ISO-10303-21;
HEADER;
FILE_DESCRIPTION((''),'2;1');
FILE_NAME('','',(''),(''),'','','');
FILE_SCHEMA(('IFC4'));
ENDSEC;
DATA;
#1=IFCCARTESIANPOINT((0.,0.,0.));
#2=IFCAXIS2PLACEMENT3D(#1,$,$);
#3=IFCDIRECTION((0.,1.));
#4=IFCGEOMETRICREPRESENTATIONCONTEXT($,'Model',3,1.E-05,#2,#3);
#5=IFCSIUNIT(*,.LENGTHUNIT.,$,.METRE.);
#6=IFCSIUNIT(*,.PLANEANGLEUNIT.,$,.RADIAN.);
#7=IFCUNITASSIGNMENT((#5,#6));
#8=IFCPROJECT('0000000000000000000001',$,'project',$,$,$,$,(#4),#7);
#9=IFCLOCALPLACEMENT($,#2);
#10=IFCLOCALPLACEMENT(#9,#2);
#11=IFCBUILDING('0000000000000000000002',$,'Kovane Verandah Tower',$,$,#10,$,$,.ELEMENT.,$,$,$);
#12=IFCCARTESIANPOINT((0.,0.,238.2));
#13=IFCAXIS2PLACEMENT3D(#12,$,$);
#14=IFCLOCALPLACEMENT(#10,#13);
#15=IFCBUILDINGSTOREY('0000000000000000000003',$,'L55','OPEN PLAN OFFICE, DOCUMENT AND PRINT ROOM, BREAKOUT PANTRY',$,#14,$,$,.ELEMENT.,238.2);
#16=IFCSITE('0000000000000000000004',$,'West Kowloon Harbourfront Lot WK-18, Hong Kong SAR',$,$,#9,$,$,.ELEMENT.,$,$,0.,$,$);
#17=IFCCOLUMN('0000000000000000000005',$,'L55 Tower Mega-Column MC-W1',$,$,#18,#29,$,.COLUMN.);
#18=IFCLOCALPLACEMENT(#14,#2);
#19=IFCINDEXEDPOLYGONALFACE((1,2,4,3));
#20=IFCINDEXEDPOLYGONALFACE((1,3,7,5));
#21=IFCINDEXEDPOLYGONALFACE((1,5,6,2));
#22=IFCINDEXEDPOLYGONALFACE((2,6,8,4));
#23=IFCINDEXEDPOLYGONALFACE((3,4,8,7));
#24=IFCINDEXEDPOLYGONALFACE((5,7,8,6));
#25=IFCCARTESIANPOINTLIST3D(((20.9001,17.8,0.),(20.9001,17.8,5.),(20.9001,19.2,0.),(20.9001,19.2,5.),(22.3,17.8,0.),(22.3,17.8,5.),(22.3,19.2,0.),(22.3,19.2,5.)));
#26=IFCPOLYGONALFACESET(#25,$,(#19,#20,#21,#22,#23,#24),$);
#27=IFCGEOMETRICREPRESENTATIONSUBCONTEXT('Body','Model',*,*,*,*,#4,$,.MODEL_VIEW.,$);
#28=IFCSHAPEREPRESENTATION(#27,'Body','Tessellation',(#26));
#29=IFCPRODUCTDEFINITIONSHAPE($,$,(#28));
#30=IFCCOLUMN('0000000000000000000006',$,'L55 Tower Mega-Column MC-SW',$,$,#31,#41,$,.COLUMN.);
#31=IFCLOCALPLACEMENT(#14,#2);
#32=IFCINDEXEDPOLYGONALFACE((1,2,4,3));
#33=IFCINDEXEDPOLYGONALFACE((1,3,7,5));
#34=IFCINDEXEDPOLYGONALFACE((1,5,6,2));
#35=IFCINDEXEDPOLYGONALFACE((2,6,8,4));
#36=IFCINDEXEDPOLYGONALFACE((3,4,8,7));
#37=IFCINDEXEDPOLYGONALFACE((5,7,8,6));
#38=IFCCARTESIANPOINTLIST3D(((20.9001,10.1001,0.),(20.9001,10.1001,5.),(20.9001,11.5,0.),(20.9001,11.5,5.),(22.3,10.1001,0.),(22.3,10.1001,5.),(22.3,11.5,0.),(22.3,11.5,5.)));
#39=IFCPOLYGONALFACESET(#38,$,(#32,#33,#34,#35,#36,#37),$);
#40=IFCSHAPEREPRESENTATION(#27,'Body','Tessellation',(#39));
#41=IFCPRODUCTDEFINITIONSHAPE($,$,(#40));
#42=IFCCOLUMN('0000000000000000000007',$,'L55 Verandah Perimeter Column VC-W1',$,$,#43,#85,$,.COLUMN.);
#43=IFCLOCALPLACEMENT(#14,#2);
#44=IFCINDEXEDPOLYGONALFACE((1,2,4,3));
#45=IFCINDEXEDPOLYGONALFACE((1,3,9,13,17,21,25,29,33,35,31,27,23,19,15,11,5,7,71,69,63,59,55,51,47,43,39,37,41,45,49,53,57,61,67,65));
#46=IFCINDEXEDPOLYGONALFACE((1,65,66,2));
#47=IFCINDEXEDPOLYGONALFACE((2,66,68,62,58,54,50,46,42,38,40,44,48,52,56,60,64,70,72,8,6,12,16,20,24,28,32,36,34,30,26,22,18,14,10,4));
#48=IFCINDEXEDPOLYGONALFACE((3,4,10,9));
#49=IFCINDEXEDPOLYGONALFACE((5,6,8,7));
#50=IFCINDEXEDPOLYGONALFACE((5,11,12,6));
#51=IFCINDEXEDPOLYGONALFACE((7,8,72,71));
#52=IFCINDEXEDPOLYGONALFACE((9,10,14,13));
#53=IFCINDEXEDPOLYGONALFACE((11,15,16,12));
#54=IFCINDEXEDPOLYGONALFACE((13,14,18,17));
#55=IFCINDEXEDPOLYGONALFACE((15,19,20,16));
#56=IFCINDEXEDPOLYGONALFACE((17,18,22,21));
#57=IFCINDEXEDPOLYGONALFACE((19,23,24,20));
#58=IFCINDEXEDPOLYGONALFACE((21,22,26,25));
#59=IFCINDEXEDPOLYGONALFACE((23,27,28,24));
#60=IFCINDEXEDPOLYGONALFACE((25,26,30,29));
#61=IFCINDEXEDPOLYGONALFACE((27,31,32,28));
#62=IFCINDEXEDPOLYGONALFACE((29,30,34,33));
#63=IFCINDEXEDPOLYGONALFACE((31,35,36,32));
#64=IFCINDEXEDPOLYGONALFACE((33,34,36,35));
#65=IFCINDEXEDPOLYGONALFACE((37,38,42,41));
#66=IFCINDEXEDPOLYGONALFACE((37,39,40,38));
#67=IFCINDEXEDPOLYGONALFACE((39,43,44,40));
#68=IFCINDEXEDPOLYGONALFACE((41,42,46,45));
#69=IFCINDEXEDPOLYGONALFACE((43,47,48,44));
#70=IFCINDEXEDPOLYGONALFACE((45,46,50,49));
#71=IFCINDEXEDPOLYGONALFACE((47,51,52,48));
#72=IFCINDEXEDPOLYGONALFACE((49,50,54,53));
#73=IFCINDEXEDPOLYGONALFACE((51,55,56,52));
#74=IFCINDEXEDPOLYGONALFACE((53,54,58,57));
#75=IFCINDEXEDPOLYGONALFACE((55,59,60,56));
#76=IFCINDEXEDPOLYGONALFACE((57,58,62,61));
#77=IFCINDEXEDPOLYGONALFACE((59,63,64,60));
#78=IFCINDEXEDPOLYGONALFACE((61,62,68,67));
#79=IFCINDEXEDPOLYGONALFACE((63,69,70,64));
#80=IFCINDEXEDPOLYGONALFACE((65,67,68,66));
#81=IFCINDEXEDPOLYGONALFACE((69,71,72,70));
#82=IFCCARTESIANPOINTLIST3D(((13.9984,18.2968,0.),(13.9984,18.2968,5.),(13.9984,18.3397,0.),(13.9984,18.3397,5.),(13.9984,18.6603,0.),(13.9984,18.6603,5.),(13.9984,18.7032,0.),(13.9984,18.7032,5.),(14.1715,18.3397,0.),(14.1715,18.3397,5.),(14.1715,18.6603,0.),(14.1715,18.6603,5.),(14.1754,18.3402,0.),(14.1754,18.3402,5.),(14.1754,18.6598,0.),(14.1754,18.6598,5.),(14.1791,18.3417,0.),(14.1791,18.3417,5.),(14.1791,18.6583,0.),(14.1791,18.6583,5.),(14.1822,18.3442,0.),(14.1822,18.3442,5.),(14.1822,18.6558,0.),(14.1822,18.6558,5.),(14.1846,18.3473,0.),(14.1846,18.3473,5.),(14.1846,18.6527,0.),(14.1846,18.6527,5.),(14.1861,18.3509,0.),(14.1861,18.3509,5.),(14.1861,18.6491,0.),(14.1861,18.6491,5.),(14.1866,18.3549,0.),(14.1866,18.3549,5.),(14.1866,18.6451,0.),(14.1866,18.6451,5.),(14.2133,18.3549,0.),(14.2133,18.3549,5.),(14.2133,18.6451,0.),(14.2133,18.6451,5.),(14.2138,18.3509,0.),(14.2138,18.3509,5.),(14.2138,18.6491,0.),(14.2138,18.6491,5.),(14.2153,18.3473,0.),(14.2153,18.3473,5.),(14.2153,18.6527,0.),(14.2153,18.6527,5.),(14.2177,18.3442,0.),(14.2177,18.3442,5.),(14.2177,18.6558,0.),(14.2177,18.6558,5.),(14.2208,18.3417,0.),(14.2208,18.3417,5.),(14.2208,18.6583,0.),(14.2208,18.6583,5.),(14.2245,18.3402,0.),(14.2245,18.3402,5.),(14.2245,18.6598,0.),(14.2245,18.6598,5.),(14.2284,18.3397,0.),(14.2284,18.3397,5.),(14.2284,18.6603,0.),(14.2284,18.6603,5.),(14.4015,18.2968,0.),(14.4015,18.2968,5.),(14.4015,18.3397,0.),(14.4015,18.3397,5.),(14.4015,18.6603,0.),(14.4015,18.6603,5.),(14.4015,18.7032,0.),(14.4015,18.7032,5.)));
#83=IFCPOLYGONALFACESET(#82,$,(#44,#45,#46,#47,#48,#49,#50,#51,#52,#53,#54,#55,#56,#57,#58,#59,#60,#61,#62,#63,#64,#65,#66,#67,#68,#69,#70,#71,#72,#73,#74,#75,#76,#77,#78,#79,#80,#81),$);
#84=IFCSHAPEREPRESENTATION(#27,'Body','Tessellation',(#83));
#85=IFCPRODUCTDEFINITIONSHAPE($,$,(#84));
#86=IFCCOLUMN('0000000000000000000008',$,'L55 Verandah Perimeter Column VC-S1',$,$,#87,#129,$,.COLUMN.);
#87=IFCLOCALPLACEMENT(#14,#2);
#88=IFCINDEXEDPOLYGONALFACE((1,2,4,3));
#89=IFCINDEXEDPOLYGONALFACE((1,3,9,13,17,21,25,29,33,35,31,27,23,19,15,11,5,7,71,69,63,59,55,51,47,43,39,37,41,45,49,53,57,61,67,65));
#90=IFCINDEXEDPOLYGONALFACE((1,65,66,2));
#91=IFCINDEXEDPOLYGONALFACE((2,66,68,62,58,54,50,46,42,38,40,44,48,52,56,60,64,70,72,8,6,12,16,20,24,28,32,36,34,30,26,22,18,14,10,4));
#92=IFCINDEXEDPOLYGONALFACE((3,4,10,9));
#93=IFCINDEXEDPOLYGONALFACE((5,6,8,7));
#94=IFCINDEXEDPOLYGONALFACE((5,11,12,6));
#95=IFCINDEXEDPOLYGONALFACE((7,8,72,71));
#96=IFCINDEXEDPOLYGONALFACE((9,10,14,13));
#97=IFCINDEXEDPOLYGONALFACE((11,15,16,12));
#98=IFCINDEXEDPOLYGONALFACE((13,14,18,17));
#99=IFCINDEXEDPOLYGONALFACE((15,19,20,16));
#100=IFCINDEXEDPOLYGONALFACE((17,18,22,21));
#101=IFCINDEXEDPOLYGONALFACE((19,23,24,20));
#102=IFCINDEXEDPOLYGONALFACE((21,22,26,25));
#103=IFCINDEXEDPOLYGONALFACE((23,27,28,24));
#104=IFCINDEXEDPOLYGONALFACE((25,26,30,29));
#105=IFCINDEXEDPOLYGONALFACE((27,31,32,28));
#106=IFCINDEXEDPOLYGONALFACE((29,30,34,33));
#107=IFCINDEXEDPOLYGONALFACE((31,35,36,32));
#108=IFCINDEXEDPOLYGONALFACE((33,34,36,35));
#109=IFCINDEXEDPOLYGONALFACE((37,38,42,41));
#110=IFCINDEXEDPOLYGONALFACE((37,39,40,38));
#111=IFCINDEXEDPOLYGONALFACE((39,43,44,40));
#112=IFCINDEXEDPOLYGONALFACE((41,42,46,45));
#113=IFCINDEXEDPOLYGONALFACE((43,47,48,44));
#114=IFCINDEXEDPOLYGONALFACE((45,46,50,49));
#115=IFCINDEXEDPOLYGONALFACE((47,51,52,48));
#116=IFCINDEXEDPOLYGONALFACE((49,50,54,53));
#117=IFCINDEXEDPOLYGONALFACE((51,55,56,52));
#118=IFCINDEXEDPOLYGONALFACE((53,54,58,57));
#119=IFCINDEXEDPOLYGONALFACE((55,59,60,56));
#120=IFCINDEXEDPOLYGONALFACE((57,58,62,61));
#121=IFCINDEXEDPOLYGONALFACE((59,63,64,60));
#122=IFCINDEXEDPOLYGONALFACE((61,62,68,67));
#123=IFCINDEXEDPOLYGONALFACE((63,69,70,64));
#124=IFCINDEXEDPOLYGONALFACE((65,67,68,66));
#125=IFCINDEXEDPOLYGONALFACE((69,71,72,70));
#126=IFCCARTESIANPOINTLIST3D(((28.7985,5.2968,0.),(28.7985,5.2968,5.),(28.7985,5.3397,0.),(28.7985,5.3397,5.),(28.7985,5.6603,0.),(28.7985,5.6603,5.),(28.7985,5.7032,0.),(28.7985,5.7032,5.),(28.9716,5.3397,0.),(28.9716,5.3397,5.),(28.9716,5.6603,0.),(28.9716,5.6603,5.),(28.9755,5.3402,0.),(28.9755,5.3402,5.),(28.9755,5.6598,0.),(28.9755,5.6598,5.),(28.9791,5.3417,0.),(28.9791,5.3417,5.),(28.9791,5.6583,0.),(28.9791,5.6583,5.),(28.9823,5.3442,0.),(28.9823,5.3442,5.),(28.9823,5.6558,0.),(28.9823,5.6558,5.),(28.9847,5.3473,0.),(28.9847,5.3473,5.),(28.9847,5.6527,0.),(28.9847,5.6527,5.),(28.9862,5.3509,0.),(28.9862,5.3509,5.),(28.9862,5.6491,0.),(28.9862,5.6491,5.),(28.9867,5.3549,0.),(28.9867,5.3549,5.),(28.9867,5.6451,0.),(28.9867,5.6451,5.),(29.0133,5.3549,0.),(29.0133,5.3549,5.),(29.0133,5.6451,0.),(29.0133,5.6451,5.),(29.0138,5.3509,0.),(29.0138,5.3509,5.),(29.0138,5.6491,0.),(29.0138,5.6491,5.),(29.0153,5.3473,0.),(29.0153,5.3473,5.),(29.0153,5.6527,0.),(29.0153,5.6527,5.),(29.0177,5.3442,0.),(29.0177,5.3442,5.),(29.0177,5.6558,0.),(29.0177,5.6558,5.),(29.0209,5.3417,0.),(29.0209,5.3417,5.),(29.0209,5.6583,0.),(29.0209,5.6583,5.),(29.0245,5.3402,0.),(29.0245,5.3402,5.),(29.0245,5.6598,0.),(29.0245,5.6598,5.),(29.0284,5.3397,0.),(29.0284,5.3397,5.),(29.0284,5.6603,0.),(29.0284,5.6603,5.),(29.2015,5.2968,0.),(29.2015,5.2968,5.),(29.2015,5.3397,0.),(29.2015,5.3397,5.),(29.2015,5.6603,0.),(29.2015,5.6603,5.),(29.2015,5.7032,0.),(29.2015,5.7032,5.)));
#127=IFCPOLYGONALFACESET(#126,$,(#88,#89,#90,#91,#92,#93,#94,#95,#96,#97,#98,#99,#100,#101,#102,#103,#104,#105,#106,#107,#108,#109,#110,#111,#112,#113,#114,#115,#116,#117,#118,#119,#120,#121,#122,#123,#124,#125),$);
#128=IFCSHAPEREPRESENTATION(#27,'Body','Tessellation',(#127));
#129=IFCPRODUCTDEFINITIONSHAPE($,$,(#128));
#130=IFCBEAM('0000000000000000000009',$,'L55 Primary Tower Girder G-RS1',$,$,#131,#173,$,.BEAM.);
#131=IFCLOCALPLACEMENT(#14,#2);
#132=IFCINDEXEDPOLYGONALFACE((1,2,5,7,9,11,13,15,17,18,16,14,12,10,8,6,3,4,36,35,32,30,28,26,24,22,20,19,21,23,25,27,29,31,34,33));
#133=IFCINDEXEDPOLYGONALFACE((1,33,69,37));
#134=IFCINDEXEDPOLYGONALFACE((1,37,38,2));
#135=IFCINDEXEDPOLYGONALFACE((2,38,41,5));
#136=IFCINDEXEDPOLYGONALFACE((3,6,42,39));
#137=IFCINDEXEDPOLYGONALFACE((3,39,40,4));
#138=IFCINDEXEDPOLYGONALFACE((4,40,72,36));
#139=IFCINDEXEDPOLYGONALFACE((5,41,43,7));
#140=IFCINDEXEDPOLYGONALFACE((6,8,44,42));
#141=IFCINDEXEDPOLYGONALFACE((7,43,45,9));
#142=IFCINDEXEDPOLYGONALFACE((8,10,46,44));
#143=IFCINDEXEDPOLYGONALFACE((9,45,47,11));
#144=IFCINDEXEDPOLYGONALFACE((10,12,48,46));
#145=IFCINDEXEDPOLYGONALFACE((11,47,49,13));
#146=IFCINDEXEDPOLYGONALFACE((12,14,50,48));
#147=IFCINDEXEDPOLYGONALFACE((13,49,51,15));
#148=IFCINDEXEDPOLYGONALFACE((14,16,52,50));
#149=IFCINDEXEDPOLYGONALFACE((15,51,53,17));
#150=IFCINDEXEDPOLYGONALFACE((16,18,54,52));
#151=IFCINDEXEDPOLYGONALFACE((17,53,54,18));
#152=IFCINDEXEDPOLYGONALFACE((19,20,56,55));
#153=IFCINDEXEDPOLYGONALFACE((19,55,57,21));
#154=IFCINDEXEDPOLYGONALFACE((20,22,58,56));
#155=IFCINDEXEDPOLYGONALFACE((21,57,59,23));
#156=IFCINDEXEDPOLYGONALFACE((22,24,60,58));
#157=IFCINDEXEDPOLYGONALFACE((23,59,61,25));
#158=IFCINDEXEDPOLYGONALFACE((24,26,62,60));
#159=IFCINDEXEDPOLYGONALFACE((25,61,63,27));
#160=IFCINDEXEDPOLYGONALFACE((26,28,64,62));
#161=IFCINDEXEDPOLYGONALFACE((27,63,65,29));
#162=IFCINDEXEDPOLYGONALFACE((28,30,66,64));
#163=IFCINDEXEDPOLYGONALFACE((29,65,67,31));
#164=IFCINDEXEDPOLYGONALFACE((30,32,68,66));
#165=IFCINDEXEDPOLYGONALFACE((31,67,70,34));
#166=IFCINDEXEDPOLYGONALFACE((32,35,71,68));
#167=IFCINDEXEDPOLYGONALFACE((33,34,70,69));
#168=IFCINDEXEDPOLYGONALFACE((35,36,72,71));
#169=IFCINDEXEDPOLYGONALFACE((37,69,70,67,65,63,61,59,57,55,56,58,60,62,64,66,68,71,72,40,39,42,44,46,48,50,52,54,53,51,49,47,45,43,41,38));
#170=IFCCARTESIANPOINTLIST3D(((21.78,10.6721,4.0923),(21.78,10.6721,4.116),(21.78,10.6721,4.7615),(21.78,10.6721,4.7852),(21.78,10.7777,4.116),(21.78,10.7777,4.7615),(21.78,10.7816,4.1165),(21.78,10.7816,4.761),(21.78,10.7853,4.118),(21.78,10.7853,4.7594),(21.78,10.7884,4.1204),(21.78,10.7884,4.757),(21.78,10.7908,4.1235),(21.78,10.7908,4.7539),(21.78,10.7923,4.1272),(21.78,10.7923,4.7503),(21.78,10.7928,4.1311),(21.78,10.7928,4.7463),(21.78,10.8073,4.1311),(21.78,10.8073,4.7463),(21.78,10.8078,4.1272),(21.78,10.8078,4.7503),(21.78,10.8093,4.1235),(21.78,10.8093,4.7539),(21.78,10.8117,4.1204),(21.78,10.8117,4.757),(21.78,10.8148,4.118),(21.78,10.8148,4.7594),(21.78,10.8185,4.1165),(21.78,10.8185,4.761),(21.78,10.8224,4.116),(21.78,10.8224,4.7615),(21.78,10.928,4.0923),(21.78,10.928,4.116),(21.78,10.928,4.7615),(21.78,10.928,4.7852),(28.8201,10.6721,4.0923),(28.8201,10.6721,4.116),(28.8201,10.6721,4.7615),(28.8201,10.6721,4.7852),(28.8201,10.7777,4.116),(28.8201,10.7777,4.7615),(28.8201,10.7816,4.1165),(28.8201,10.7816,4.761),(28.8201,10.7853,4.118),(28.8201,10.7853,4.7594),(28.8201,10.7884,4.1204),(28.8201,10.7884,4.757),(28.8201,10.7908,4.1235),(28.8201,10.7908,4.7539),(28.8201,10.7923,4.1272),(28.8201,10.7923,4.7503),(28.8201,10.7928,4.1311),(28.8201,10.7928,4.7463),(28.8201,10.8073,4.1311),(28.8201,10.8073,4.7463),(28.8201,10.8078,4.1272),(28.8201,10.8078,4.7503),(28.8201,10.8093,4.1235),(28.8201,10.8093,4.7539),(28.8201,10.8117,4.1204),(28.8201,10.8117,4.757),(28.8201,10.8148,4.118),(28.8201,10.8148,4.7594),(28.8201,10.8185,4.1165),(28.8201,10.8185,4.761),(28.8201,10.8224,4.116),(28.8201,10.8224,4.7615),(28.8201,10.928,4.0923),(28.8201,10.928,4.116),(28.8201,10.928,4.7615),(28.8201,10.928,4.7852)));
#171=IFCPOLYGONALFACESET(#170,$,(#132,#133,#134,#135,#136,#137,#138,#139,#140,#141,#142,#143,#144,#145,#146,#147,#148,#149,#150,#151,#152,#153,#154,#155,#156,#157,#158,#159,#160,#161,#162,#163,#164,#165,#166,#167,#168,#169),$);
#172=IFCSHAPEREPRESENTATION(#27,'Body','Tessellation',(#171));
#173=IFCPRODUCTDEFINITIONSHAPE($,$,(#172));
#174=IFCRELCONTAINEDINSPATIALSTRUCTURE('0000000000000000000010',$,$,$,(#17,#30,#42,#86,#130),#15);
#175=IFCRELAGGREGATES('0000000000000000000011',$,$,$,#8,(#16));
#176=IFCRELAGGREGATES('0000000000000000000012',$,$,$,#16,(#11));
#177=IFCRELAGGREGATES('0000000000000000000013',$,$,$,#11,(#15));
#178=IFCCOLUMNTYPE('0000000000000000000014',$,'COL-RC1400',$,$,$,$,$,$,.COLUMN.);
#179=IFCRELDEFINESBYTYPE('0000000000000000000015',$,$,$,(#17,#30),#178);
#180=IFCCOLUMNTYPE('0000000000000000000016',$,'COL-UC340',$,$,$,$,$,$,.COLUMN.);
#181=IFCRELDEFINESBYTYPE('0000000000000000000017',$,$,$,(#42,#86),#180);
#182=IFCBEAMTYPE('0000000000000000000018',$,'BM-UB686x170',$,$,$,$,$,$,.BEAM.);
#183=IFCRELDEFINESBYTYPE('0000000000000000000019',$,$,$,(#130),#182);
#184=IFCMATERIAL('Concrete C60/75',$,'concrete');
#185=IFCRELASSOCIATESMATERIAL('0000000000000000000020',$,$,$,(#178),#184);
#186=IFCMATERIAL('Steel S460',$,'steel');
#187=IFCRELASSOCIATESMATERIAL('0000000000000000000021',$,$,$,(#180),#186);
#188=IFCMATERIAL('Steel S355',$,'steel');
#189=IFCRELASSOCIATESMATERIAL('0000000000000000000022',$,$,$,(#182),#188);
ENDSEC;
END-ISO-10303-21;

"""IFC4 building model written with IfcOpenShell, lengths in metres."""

from ifc_helpers import new_model, si_unit, direction, frame, origin, origin_2d, place, context, subcontext, project, spatial, rectangle, i_section, extrude, material, material_profile, profile_set, type_object, element, save


model = new_model("IFC4")

# Units and contexts
model_context = context("Model", 3, precision=1e-05, world=origin(), true_north=direction((0.0, 1.0)))
body_context = subcontext(model_context, "Body", "Model", "MODEL_VIEW")
ifc_project = project(units=[si_unit("LENGTHUNIT", "METRE"), si_unit("PLANEANGLEUNIT", "RADIAN")], contexts=[model_context])

# Site, building, storey
site_placement = place(None, origin())
site = spatial("IfcSite", under=ifc_project, at=site_placement, Name="West Kowloon Harbourfront Lot WK-18, Hong Kong SAR", CompositionType="ELEMENT", RefElevation=0.0)
building_placement = place(site_placement, origin())
building = spatial("IfcBuilding", under=site, at=building_placement, Name="Kovane Verandah Tower", CompositionType="ELEMENT")
storey_placement = place(building_placement, frame((0.0, 0.0, 238.2)))
storey = spatial("IfcBuildingStorey", under=building, at=storey_placement, Name="L55", Description="OPEN PLAN OFFICE, DOCUMENT AND PRINT ROOM, BREAKOUT PANTRY", CompositionType="ELEMENT", Elevation=238.2)

# Columns
ifc_material_1 = material(Name="Concrete C60/75", Category="concrete")
ifc_material_profile_1 = material_profile(ifc_material_1, rectangle(XDim=1.3999, YDim=1.3999, at=origin_2d()), Name="RC1400x1400")
ifc_profile_set_1 = profile_set([ifc_material_profile_1], Name="Concrete C60/75")
column_type_1 = type_object("IfcColumnType", Name="COL-RC1400", PredefinedType="COLUMN", material=ifc_profile_set_1)
for number, where, z_axis, x_axis, name in (
    (1, (21.6001, 18.5, 0.0), (0.0, 0.0, 1.0), (1.0, 0.0, 0.0), "L55 Tower Mega-Column MC-W1"),
    (2, (21.6001, 10.8, 0.0), (0.0, 0.0, 1.0), (1.0, 0.0, 0.0), "L55 Tower Mega-Column MC-SW"),
):
    element("IfcColumn", number, at=place(storey_placement, frame(where, z_axis=z_axis, x_axis=x_axis)), inside=storey, type_object=column_type_1, Name=name, PredefinedType="COLUMN", context=body_context, shape_type="SweptSolid", body=[
        extrude(rectangle(XDim=1.3999, YDim=1.3999, at=origin_2d()), origin(), (0.0, 0.0, 1.0), 5.0),
    ])
ifc_material_2 = material(Name="Steel S460", Category="steel")
ifc_material_profile_2 = material_profile(ifc_material_2, i_section(OverallWidth=0.4031, OverallDepth=0.4065, WebThickness=0.0266, FlangeThickness=0.043, FilletRadius=0.0151, at=origin_2d()), Name="UC356x406x340")
ifc_profile_set_2 = profile_set([ifc_material_profile_2], Name="Steel S460")
column_type_2 = type_object("IfcColumnType", Name="COL-UC340", PredefinedType="COLUMN", material=ifc_profile_set_2)
for number, where, z_axis, x_axis, name in (
    (3, (14.2, 18.5, 0.0), (0.0, 0.0, 1.0), (1.0, 0.0, 0.0), "L55 Verandah Perimeter Column VC-W1"),
    (4, (29.0, 5.5, 0.0), (0.0, 0.0, 1.0), (1.0, 0.0, 0.0), "L55 Verandah Perimeter Column VC-S1"),
):
    element("IfcColumn", number, at=place(storey_placement, frame(where, z_axis=z_axis, x_axis=x_axis)), inside=storey, type_object=column_type_2, Name=name, PredefinedType="COLUMN", context=body_context, shape_type="SweptSolid", body=[
        extrude(i_section(OverallWidth=0.4031, OverallDepth=0.4065, WebThickness=0.0266, FlangeThickness=0.043, FilletRadius=0.0151, at=origin_2d()), origin(), (0.0, 0.0, 1.0), 5.0),
    ])

# Beam
ifc_material_3 = material(Name="Steel S355", Category="steel")
ifc_material_profile_3 = material_profile(ifc_material_3, i_section(OverallWidth=0.2559, OverallDepth=0.6929, WebThickness=0.0144, FlangeThickness=0.0237, FilletRadius=0.0151, at=origin_2d()), Name="UB686x254x170")
ifc_profile_set_3 = profile_set([ifc_material_profile_3], Name="Steel S355")
beam_type_1 = type_object("IfcBeamType", Name="BM-UB686x170", PredefinedType="BEAM", material=ifc_profile_set_3)
beam_1_placement = place(storey_placement, frame((21.78, 10.8, 4.4387), z_axis=(1.0, 0.0, 0.0), x_axis=(0.0, 1.0, 0.0)))
element("IfcBeam", 5, at=beam_1_placement, inside=storey, type_object=beam_type_1, Name="L55 Primary Tower Girder G-RS1", PredefinedType="BEAM", context=body_context, shape_type="SweptSolid", body=[
    extrude(i_section(OverallWidth=0.2559, OverallDepth=0.6929, WebThickness=0.0144, FlangeThickness=0.0237, FilletRadius=0.0151, at=origin_2d()), origin(), (0.0, 0.0, 1.0), 7.04),
])

save(model, "model.ifc")
